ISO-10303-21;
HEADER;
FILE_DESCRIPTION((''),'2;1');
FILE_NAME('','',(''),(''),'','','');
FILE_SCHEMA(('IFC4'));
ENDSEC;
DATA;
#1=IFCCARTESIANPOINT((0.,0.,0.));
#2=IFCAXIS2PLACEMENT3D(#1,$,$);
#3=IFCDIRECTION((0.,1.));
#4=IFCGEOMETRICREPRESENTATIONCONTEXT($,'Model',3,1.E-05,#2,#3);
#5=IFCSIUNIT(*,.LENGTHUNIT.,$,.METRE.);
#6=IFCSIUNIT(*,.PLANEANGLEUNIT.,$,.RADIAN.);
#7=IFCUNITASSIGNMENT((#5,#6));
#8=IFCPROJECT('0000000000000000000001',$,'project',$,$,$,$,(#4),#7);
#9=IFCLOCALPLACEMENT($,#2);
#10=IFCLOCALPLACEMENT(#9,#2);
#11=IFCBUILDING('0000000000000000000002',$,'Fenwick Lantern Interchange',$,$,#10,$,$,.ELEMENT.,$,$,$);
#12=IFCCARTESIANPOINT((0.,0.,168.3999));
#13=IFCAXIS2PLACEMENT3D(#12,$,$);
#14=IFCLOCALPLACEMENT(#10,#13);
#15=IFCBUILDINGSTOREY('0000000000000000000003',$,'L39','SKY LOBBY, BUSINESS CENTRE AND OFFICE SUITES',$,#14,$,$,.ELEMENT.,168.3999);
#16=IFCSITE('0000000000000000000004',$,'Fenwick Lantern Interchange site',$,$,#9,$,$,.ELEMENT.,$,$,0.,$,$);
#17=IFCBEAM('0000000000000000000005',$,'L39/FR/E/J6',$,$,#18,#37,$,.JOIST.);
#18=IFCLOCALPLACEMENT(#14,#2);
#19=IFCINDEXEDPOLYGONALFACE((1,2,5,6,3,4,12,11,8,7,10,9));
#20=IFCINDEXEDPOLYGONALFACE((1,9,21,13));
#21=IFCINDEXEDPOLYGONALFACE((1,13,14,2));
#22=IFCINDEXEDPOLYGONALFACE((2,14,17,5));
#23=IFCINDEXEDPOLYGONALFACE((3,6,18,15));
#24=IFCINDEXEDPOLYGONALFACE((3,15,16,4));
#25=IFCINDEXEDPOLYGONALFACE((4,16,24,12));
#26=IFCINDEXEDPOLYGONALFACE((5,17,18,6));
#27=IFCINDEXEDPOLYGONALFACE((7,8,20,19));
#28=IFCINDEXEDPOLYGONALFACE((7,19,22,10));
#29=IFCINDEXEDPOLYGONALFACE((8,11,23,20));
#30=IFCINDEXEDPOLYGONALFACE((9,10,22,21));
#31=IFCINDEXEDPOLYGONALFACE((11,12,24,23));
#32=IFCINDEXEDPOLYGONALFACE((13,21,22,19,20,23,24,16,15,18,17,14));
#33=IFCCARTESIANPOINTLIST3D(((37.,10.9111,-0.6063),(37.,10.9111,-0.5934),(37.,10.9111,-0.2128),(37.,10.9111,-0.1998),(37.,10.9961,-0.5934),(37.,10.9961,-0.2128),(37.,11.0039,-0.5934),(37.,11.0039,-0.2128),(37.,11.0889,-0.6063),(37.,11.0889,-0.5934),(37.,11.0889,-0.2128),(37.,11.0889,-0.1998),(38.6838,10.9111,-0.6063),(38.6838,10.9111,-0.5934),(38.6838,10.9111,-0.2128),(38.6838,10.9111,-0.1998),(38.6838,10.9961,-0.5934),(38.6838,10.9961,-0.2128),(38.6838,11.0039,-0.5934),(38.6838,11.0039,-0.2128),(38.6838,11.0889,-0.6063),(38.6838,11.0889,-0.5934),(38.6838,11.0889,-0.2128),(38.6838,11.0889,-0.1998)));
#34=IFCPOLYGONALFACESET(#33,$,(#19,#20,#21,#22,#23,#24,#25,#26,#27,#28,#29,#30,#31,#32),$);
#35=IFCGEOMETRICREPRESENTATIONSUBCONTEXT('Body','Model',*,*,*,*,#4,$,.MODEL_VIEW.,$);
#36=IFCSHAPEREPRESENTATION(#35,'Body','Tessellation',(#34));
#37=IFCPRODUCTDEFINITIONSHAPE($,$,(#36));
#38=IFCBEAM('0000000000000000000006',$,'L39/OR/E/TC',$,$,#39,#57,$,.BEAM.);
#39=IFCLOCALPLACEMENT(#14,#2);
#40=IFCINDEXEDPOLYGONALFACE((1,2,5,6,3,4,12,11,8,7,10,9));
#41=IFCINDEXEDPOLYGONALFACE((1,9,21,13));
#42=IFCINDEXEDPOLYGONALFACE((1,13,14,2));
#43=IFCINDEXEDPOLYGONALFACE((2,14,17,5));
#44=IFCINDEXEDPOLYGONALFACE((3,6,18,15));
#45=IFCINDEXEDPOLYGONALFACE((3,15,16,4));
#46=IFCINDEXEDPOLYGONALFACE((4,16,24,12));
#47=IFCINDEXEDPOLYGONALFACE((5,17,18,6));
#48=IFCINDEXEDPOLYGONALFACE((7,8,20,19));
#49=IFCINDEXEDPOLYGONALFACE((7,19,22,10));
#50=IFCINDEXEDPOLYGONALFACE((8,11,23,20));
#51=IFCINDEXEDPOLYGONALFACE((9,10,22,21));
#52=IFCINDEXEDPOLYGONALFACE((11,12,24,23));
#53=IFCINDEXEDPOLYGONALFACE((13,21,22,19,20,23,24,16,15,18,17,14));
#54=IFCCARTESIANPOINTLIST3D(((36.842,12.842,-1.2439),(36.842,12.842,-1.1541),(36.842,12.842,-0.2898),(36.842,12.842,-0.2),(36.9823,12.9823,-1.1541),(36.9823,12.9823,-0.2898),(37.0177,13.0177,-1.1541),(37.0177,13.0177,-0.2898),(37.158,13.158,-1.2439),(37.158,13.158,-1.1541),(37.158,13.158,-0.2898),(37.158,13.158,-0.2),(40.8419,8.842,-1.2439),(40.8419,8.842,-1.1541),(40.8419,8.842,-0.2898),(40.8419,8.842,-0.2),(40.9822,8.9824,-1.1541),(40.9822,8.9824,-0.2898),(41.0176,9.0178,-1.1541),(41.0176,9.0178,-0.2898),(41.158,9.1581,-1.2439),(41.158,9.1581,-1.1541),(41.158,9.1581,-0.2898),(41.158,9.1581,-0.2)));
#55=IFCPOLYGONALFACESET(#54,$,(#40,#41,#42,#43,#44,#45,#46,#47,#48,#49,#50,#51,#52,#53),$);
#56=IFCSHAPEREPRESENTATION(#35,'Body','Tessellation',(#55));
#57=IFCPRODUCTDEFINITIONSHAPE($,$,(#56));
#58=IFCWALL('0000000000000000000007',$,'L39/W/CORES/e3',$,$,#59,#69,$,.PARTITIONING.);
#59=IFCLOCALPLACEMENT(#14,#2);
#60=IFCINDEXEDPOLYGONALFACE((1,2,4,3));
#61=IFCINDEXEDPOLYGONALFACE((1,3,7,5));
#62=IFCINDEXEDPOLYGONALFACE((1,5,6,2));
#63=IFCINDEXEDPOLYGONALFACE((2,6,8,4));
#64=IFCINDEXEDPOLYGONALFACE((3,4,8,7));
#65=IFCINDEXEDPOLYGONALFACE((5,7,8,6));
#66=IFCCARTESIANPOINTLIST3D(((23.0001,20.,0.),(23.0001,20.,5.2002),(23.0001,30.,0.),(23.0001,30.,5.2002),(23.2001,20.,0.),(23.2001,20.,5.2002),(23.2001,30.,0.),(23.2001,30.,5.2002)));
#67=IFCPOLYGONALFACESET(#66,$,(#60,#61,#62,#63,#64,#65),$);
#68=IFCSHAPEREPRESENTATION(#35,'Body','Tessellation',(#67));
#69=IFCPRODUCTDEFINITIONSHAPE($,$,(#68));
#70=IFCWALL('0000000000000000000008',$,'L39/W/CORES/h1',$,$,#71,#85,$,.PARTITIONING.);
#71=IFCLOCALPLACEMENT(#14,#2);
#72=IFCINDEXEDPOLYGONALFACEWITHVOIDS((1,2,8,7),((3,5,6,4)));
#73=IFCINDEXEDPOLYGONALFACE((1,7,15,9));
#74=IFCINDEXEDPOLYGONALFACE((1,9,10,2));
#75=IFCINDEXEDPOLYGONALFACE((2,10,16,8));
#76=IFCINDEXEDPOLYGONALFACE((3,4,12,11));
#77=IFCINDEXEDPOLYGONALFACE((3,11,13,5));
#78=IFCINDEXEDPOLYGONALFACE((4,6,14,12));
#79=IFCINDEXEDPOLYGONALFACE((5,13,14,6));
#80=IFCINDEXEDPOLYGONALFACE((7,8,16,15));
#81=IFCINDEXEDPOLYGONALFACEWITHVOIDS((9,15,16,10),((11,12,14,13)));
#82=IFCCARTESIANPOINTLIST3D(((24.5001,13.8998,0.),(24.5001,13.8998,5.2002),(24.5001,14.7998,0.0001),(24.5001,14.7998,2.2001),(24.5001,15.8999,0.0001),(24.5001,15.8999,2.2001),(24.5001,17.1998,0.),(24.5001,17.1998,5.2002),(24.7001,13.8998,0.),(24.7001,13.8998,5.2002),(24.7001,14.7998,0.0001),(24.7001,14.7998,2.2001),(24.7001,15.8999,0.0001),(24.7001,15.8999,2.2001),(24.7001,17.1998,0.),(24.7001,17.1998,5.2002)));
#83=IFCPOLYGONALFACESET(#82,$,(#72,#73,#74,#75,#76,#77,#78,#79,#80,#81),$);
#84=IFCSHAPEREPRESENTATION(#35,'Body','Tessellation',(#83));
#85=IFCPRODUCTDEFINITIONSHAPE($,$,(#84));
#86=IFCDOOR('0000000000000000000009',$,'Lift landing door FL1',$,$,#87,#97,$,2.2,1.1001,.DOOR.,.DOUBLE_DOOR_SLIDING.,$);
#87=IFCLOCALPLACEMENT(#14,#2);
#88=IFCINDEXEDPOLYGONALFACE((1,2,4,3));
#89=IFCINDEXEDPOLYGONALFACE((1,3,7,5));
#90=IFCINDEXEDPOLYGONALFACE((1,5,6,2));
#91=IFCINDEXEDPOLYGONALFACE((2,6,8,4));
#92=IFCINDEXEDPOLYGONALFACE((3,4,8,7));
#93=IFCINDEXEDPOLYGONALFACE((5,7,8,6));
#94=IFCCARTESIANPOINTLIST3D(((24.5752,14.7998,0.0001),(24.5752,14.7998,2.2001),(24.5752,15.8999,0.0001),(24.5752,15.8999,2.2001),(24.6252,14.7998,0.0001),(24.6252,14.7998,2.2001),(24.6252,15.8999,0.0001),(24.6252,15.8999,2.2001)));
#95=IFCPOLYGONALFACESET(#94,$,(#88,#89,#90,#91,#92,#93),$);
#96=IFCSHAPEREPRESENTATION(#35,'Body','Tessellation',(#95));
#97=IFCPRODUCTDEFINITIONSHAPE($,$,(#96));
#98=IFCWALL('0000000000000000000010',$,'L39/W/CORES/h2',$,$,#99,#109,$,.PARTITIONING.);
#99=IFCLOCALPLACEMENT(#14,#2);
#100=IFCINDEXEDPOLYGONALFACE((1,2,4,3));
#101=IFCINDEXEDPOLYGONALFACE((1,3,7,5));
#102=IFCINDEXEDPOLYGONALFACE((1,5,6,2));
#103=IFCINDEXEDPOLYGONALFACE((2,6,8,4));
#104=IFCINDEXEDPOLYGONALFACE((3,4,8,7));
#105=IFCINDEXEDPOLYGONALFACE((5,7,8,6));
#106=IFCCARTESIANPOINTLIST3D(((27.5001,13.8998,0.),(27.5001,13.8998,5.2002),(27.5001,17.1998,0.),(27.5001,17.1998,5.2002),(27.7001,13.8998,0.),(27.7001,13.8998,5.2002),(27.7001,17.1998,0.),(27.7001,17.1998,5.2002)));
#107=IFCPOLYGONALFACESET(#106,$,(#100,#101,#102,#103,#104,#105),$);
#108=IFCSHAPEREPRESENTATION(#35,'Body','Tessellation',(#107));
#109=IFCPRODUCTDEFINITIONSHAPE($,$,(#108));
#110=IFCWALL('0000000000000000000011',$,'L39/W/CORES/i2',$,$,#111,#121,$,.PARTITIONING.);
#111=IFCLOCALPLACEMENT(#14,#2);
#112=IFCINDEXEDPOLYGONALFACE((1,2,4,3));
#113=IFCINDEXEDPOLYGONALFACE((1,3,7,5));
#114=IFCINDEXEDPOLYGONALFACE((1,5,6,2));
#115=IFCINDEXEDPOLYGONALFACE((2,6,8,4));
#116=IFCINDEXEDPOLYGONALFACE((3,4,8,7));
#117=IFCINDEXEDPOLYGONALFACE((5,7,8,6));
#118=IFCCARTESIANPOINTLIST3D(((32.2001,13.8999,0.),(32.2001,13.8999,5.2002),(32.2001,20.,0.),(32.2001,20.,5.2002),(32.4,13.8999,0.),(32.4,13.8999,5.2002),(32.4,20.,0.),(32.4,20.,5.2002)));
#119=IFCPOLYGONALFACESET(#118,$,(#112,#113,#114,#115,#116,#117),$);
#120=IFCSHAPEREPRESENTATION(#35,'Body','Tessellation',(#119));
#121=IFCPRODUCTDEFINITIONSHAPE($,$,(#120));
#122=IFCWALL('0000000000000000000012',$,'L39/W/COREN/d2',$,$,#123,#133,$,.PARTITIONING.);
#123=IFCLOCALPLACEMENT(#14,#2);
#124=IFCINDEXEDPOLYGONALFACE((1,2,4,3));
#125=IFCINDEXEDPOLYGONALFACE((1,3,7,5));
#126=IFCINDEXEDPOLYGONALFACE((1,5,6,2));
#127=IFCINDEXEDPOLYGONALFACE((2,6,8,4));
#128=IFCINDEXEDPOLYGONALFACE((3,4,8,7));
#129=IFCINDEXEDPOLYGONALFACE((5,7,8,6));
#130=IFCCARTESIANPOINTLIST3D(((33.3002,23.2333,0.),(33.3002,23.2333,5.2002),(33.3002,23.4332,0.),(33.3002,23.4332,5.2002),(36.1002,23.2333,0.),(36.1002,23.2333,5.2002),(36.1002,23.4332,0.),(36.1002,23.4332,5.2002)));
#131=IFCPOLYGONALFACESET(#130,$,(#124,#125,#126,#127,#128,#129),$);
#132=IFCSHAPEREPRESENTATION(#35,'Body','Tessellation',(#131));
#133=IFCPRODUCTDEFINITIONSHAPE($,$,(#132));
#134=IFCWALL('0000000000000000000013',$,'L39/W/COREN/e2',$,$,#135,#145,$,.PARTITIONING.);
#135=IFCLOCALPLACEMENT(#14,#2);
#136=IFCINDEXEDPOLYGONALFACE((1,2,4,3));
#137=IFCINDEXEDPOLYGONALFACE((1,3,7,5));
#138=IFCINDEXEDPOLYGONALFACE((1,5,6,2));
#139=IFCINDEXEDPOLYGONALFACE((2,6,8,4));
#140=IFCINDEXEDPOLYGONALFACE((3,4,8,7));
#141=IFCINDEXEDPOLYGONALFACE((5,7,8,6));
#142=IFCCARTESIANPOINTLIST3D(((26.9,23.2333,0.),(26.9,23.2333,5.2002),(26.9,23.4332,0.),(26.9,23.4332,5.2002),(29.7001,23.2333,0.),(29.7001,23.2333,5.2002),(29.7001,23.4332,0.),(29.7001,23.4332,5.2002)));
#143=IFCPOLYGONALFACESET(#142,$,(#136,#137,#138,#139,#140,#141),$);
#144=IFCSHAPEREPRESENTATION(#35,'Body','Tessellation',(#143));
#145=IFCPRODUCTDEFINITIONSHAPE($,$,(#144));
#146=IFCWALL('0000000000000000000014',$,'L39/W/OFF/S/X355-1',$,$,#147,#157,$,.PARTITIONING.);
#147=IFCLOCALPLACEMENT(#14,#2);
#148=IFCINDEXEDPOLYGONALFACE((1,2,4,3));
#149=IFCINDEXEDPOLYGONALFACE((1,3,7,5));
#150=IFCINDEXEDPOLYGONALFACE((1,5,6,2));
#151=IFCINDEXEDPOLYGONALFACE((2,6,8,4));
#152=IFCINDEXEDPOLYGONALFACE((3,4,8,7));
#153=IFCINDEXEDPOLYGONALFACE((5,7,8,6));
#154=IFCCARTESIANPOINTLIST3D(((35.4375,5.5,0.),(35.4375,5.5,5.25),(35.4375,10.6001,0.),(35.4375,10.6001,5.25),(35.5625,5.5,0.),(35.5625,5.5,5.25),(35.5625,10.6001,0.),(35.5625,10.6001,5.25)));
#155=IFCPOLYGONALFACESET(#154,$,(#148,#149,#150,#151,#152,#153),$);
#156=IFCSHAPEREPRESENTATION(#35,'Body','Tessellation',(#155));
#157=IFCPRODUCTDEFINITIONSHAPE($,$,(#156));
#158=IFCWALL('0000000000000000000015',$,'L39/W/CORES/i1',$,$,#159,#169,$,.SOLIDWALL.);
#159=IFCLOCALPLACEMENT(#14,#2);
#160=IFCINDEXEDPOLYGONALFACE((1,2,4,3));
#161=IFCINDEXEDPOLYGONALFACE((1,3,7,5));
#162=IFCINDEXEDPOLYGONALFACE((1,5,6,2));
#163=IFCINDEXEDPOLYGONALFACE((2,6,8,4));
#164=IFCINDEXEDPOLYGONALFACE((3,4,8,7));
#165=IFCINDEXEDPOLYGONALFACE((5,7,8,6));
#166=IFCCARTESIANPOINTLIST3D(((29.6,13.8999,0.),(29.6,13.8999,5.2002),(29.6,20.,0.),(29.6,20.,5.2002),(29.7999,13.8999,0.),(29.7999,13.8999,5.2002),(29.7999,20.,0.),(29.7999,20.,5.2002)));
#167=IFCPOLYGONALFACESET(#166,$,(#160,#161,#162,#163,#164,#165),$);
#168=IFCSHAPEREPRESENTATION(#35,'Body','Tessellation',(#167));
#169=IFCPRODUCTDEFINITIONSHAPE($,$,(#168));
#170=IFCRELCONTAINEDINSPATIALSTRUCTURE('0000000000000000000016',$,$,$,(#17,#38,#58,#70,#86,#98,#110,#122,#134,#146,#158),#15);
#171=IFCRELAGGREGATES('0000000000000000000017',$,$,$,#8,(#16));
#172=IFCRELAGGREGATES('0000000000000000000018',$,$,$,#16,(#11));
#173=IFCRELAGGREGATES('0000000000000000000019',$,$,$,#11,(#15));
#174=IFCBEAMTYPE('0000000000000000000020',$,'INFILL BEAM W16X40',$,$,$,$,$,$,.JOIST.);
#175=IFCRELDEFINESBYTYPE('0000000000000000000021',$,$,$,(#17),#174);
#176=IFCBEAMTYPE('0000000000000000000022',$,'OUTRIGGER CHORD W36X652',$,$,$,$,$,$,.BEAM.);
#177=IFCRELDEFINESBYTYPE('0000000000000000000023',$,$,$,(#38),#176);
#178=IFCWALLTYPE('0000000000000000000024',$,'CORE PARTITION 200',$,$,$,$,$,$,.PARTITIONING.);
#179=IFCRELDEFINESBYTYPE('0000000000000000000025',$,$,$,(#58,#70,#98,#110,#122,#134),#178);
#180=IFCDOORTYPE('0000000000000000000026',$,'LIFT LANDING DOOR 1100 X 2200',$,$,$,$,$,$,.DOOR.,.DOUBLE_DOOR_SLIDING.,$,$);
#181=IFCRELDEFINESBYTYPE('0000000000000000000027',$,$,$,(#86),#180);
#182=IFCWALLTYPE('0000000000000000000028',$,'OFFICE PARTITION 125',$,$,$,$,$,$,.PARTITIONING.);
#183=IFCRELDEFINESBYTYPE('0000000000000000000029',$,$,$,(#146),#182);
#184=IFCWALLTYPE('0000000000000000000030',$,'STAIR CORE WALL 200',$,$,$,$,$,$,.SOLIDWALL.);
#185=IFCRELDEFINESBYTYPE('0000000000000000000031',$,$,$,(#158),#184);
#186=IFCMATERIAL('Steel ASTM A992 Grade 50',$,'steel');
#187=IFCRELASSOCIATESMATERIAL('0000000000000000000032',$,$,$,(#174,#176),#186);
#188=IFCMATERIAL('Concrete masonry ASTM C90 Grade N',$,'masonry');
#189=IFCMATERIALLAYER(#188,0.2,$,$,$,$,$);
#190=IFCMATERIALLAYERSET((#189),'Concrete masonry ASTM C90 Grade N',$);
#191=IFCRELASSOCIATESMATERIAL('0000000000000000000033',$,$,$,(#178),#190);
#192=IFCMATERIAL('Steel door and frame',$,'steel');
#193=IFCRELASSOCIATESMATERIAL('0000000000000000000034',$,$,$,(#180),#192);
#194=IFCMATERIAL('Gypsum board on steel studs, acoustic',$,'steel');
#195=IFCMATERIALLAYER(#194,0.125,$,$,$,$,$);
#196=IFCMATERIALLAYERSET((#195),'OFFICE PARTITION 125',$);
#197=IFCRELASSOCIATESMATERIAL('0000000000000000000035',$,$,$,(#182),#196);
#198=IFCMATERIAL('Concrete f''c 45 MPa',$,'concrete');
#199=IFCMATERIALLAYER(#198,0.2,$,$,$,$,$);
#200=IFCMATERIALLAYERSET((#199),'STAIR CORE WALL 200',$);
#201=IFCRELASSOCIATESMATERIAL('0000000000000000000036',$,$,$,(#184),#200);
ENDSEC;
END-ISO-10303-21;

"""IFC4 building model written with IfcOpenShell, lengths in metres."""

from ifc_helpers import new_model, si_unit, direction, frame, frame_2d, origin, origin_2d, place, context, subcontext, project, spatial, rectangle, i_section, extrude, material, layer, layer_set, material_profile, profile_set, type_object, element, fill, save


model = new_model("IFC4")

# Units and contexts
model_context = context("Model", 3, precision=1e-05, world=origin(), true_north=direction((0.0, 1.0)))
body_context = subcontext(model_context, "Body", "Model", "MODEL_VIEW")
ifc_project = project(units=[si_unit("LENGTHUNIT", "METRE"), si_unit("PLANEANGLEUNIT", "RADIAN")], contexts=[model_context])

# Site, building, storey
site_placement = place(None, origin())
site = spatial("IfcSite", under=ifc_project, at=site_placement, Name="Fenwick Lantern Interchange site", CompositionType="ELEMENT", RefElevation=0.0)
building_placement = place(site_placement, origin())
building = spatial("IfcBuilding", under=site, at=building_placement, Name="Fenwick Lantern Interchange", CompositionType="ELEMENT")
storey_placement = place(building_placement, frame((0.0, 0.0, 168.3999)))
storey = spatial("IfcBuildingStorey", under=building, at=storey_placement, Name="L39", Description="SKY LOBBY, BUSINESS CENTRE AND OFFICE SUITES", CompositionType="ELEMENT", Elevation=168.3999)

# Beams
ifc_material_1 = material(Name="Steel ASTM A992 Grade 50", Category="steel")
ifc_material_profile_1 = material_profile(ifc_material_1, i_section(OverallWidth=0.1777, OverallDepth=0.4065, WebThickness=0.0078, FlangeThickness=0.0129, at=origin_2d()), Name="W16X40")
ifc_profile_set_1 = profile_set([ifc_material_profile_1], Name="Steel ASTM A992 Grade 50")
beam_type_1 = type_object("IfcBeamType", Name="INFILL BEAM W16X40", PredefinedType="JOIST", material=ifc_profile_set_1)
beam_1_placement = place(storey_placement, frame((38.6838, 11.0, -0.4031), z_axis=(-1.0, 0.0, 0.0), x_axis=(0.0, -1.0, 0.0)))
element("IfcBeam", 1, at=beam_1_placement, inside=storey, type_object=beam_type_1, Name="L39/FR/E/J6", PredefinedType="JOIST", context=body_context, shape_type="SweptSolid", body=[
    extrude(i_section(OverallWidth=0.1777, OverallDepth=0.4065, WebThickness=0.0078, FlangeThickness=0.0129, at=origin_2d()), origin(), (0.0, 0.0, 1.0), 1.6838),
])
ifc_material_profile_2 = material_profile(ifc_material_1, i_section(OverallWidth=0.447, OverallDepth=1.0439, WebThickness=0.05, FlangeThickness=0.0898, at=origin_2d()), Name="W36X652")
ifc_profile_set_2 = profile_set([ifc_material_profile_2], Name="Steel ASTM A992 Grade 50")
beam_type_2 = type_object("IfcBeamType", Name="OUTRIGGER CHORD W36X652", PredefinedType="BEAM", material=ifc_profile_set_2)
beam_2_placement = place(storey_placement, frame((37.0, 13.0, -0.7219), z_axis=(0.707107, -0.707107, 0.0), x_axis=(0.707107, 0.707107, 0.0)))
element("IfcBeam", 2, at=beam_2_placement, inside=storey, type_object=beam_type_2, Name="L39/OR/E/TC", PredefinedType="BEAM", context=body_context, shape_type="SweptSolid", body=[
    extrude(i_section(OverallWidth=0.447, OverallDepth=1.0439, WebThickness=0.05, FlangeThickness=0.0898, at=origin_2d()), origin(), (0.0, 0.0, 1.0), 5.6567),
])

# Wall
ifc_material_2 = material(Name="Concrete masonry ASTM C90 Grade N", Category="masonry")
ifc_layer_1 = layer(ifc_material_2, 0.2)
ifc_layer_set_1 = layer_set([ifc_layer_1], Name="Concrete masonry ASTM C90 Grade N")
wall_type_1 = type_object("IfcWallType", Name="CORE PARTITION 200", PredefinedType="PARTITIONING", material=ifc_layer_set_1)
wall_1_placement = place(storey_placement, frame((23.1001, 20.0, 0.0), z_axis=(0.0, 0.0, 1.0), x_axis=(0.0, 1.0, 0.0)))
element("IfcWall", 3, at=wall_1_placement, inside=storey, type_object=wall_type_1, Name="L39/W/CORES/e3", PredefinedType="PARTITIONING", context=body_context, shape_type="SweptSolid", body=[
    extrude(rectangle(XDim=10.0, YDim=0.2, at=frame_2d((5.0, 0.0))), origin(), (0.0, 0.0, 1.0), 5.2002),
])

# Wall, opening, door
wall_2_placement = place(storey_placement, frame((24.6001, 13.8999, 0.0), z_axis=(0.0, 0.0, 1.0), x_axis=(0.0, 1.0, 0.0)))
wall_2 = element("IfcWall", 4, at=wall_2_placement, inside=storey, type_object=wall_type_1, Name="L39/W/CORES/h1", PredefinedType="PARTITIONING", context=body_context, shape_type="SweptSolid", body=[
    extrude(rectangle(XDim=3.3, YDim=0.2, at=frame_2d((1.6499, 0.0))), origin(), (0.0, 0.0, 1.0), 5.2002),
])
opening_1_placement = place(wall_2_placement, frame((0.8999, 0.0, 0.0)))
opening_1 = element("IfcOpeningElement", 5, at=opening_1_placement, cuts=wall_2, PredefinedType="OPENING", context=body_context, shape_type="SweptSolid", body=[
    extrude(rectangle(XDim=1.1001, YDim=2.2, at=frame_2d((0.55, 1.1001))), frame((0.0, 0.1099, 0.0), z_axis=(0.0, -1.0, 0.0), x_axis=(1.0, 0.0, 0.0)), (0.0, 0.0, 1.0), 0.22),
])
ifc_material_3 = material(Name="Steel door and frame", Category="steel")
door_type_1 = type_object("IfcDoorType", Name="LIFT LANDING DOOR 1100 X 2200", OperationType="DOUBLE_DOOR_SLIDING", PredefinedType="DOOR", material=ifc_material_3)
door_1_placement = place(opening_1_placement, origin())
door_1 = element("IfcDoor", 6, at=door_1_placement, inside=storey, type_object=door_type_1, Name="Lift landing door FL1", OperationType="DOUBLE_DOOR_SLIDING", OverallHeight=2.2, OverallWidth=1.1001, PredefinedType="DOOR", context=body_context, shape_type="SweptSolid", body=[
    extrude(rectangle(XDim=1.1001, YDim=2.2, at=frame_2d((0.55, 1.1001))), frame((0.0, 0.0249, 0.0), z_axis=(0.0, -1.0, 0.0), x_axis=(1.0, 0.0, 0.0)), (0.0, 0.0, 1.0), 0.05),
])
fill(opening_1, door_1)

# Walls
wall_3_placement = place(storey_placement, frame((27.6001, 13.8999, 0.0), z_axis=(0.0, 0.0, 1.0), x_axis=(0.0, 1.0, 0.0)))
element("IfcWall", 7, at=wall_3_placement, inside=storey, type_object=wall_type_1, Name="L39/W/CORES/h2", PredefinedType="PARTITIONING", context=body_context, shape_type="SweptSolid", body=[
    extrude(rectangle(XDim=3.3, YDim=0.2, at=frame_2d((1.6499, 0.0))), origin(), (0.0, 0.0, 1.0), 5.2002),
])
wall_4_placement = place(storey_placement, frame((32.3, 13.8999, 0.0), z_axis=(0.0, 0.0, 1.0), x_axis=(0.0, 1.0, 0.0)))
element("IfcWall", 8, at=wall_4_placement, inside=storey, type_object=wall_type_1, Name="L39/W/CORES/i2", PredefinedType="PARTITIONING", context=body_context, shape_type="SweptSolid", body=[
    extrude(rectangle(XDim=6.1001, YDim=0.2, at=frame_2d((3.05, 0.0))), origin(), (0.0, 0.0, 1.0), 5.2002),
])
for number, where, z_axis, x_axis, name in (
    (9, (36.1001, 23.3333, 0.0), (0.0, 0.0, 1.0), (-1.0, 0.0, 0.0), "L39/W/COREN/d2"),
    (10, (29.7, 23.3333, 0.0), (0.0, 0.0, 1.0), (-1.0, 0.0, 0.0), "L39/W/COREN/e2"),
):
    element("IfcWall", number, at=place(storey_placement, frame(where, z_axis=z_axis, x_axis=x_axis)), inside=storey, type_object=wall_type_1, Name=name, PredefinedType="PARTITIONING", context=body_context, shape_type="SweptSolid", body=[
        extrude(rectangle(XDim=2.8, YDim=0.2, at=frame_2d((1.3999, 0.0))), origin(), (0.0, 0.0, 1.0), 5.2002),
    ])

# Walls
ifc_material_4 = material(Name="Gypsum board on steel studs, acoustic", Category="steel")
ifc_layer_2 = layer(ifc_material_4, 0.125)
ifc_layer_set_2 = layer_set([ifc_layer_2], Name="OFFICE PARTITION 125")
wall_type_2 = type_object("IfcWallType", Name="OFFICE PARTITION 125", PredefinedType="PARTITIONING", material=ifc_layer_set_2)
wall_5_placement = place(storey_placement, frame((35.5, 5.5, 0.0), z_axis=(0.0, 0.0, 1.0), x_axis=(0.0, 1.0, 0.0)))
element("IfcWall", 11, at=wall_5_placement, inside=storey, type_object=wall_type_2, Name="L39/W/OFF/S/X355-1", PredefinedType="PARTITIONING", context=body_context, shape_type="SweptSolid", body=[
    extrude(rectangle(XDim=5.1001, YDim=0.125, at=frame_2d((2.55, 0.0))), origin(), (0.0, 0.0, 1.0), 5.25),
])
ifc_material_5 = material(Name="Concrete f'c 45 MPa", Category="concrete")
ifc_layer_3 = layer(ifc_material_5, 0.2)
ifc_layer_set_3 = layer_set([ifc_layer_3], Name="STAIR CORE WALL 200")
wall_type_3 = type_object("IfcWallType", Name="STAIR CORE WALL 200", PredefinedType="SOLIDWALL", material=ifc_layer_set_3)
wall_6_placement = place(storey_placement, frame((29.7, 13.8999, 0.0), z_axis=(0.0, 0.0, 1.0), x_axis=(0.0, 1.0, 0.0)))
element("IfcWall", 12, at=wall_6_placement, inside=storey, type_object=wall_type_3, Name="L39/W/CORES/i1", PredefinedType="SOLIDWALL", context=body_context, shape_type="SweptSolid", body=[
    extrude(rectangle(XDim=6.1001, YDim=0.2, at=frame_2d((3.05, 0.0))), origin(), (0.0, 0.0, 1.0), 5.2002),
])

save(model, "model.ifc")
